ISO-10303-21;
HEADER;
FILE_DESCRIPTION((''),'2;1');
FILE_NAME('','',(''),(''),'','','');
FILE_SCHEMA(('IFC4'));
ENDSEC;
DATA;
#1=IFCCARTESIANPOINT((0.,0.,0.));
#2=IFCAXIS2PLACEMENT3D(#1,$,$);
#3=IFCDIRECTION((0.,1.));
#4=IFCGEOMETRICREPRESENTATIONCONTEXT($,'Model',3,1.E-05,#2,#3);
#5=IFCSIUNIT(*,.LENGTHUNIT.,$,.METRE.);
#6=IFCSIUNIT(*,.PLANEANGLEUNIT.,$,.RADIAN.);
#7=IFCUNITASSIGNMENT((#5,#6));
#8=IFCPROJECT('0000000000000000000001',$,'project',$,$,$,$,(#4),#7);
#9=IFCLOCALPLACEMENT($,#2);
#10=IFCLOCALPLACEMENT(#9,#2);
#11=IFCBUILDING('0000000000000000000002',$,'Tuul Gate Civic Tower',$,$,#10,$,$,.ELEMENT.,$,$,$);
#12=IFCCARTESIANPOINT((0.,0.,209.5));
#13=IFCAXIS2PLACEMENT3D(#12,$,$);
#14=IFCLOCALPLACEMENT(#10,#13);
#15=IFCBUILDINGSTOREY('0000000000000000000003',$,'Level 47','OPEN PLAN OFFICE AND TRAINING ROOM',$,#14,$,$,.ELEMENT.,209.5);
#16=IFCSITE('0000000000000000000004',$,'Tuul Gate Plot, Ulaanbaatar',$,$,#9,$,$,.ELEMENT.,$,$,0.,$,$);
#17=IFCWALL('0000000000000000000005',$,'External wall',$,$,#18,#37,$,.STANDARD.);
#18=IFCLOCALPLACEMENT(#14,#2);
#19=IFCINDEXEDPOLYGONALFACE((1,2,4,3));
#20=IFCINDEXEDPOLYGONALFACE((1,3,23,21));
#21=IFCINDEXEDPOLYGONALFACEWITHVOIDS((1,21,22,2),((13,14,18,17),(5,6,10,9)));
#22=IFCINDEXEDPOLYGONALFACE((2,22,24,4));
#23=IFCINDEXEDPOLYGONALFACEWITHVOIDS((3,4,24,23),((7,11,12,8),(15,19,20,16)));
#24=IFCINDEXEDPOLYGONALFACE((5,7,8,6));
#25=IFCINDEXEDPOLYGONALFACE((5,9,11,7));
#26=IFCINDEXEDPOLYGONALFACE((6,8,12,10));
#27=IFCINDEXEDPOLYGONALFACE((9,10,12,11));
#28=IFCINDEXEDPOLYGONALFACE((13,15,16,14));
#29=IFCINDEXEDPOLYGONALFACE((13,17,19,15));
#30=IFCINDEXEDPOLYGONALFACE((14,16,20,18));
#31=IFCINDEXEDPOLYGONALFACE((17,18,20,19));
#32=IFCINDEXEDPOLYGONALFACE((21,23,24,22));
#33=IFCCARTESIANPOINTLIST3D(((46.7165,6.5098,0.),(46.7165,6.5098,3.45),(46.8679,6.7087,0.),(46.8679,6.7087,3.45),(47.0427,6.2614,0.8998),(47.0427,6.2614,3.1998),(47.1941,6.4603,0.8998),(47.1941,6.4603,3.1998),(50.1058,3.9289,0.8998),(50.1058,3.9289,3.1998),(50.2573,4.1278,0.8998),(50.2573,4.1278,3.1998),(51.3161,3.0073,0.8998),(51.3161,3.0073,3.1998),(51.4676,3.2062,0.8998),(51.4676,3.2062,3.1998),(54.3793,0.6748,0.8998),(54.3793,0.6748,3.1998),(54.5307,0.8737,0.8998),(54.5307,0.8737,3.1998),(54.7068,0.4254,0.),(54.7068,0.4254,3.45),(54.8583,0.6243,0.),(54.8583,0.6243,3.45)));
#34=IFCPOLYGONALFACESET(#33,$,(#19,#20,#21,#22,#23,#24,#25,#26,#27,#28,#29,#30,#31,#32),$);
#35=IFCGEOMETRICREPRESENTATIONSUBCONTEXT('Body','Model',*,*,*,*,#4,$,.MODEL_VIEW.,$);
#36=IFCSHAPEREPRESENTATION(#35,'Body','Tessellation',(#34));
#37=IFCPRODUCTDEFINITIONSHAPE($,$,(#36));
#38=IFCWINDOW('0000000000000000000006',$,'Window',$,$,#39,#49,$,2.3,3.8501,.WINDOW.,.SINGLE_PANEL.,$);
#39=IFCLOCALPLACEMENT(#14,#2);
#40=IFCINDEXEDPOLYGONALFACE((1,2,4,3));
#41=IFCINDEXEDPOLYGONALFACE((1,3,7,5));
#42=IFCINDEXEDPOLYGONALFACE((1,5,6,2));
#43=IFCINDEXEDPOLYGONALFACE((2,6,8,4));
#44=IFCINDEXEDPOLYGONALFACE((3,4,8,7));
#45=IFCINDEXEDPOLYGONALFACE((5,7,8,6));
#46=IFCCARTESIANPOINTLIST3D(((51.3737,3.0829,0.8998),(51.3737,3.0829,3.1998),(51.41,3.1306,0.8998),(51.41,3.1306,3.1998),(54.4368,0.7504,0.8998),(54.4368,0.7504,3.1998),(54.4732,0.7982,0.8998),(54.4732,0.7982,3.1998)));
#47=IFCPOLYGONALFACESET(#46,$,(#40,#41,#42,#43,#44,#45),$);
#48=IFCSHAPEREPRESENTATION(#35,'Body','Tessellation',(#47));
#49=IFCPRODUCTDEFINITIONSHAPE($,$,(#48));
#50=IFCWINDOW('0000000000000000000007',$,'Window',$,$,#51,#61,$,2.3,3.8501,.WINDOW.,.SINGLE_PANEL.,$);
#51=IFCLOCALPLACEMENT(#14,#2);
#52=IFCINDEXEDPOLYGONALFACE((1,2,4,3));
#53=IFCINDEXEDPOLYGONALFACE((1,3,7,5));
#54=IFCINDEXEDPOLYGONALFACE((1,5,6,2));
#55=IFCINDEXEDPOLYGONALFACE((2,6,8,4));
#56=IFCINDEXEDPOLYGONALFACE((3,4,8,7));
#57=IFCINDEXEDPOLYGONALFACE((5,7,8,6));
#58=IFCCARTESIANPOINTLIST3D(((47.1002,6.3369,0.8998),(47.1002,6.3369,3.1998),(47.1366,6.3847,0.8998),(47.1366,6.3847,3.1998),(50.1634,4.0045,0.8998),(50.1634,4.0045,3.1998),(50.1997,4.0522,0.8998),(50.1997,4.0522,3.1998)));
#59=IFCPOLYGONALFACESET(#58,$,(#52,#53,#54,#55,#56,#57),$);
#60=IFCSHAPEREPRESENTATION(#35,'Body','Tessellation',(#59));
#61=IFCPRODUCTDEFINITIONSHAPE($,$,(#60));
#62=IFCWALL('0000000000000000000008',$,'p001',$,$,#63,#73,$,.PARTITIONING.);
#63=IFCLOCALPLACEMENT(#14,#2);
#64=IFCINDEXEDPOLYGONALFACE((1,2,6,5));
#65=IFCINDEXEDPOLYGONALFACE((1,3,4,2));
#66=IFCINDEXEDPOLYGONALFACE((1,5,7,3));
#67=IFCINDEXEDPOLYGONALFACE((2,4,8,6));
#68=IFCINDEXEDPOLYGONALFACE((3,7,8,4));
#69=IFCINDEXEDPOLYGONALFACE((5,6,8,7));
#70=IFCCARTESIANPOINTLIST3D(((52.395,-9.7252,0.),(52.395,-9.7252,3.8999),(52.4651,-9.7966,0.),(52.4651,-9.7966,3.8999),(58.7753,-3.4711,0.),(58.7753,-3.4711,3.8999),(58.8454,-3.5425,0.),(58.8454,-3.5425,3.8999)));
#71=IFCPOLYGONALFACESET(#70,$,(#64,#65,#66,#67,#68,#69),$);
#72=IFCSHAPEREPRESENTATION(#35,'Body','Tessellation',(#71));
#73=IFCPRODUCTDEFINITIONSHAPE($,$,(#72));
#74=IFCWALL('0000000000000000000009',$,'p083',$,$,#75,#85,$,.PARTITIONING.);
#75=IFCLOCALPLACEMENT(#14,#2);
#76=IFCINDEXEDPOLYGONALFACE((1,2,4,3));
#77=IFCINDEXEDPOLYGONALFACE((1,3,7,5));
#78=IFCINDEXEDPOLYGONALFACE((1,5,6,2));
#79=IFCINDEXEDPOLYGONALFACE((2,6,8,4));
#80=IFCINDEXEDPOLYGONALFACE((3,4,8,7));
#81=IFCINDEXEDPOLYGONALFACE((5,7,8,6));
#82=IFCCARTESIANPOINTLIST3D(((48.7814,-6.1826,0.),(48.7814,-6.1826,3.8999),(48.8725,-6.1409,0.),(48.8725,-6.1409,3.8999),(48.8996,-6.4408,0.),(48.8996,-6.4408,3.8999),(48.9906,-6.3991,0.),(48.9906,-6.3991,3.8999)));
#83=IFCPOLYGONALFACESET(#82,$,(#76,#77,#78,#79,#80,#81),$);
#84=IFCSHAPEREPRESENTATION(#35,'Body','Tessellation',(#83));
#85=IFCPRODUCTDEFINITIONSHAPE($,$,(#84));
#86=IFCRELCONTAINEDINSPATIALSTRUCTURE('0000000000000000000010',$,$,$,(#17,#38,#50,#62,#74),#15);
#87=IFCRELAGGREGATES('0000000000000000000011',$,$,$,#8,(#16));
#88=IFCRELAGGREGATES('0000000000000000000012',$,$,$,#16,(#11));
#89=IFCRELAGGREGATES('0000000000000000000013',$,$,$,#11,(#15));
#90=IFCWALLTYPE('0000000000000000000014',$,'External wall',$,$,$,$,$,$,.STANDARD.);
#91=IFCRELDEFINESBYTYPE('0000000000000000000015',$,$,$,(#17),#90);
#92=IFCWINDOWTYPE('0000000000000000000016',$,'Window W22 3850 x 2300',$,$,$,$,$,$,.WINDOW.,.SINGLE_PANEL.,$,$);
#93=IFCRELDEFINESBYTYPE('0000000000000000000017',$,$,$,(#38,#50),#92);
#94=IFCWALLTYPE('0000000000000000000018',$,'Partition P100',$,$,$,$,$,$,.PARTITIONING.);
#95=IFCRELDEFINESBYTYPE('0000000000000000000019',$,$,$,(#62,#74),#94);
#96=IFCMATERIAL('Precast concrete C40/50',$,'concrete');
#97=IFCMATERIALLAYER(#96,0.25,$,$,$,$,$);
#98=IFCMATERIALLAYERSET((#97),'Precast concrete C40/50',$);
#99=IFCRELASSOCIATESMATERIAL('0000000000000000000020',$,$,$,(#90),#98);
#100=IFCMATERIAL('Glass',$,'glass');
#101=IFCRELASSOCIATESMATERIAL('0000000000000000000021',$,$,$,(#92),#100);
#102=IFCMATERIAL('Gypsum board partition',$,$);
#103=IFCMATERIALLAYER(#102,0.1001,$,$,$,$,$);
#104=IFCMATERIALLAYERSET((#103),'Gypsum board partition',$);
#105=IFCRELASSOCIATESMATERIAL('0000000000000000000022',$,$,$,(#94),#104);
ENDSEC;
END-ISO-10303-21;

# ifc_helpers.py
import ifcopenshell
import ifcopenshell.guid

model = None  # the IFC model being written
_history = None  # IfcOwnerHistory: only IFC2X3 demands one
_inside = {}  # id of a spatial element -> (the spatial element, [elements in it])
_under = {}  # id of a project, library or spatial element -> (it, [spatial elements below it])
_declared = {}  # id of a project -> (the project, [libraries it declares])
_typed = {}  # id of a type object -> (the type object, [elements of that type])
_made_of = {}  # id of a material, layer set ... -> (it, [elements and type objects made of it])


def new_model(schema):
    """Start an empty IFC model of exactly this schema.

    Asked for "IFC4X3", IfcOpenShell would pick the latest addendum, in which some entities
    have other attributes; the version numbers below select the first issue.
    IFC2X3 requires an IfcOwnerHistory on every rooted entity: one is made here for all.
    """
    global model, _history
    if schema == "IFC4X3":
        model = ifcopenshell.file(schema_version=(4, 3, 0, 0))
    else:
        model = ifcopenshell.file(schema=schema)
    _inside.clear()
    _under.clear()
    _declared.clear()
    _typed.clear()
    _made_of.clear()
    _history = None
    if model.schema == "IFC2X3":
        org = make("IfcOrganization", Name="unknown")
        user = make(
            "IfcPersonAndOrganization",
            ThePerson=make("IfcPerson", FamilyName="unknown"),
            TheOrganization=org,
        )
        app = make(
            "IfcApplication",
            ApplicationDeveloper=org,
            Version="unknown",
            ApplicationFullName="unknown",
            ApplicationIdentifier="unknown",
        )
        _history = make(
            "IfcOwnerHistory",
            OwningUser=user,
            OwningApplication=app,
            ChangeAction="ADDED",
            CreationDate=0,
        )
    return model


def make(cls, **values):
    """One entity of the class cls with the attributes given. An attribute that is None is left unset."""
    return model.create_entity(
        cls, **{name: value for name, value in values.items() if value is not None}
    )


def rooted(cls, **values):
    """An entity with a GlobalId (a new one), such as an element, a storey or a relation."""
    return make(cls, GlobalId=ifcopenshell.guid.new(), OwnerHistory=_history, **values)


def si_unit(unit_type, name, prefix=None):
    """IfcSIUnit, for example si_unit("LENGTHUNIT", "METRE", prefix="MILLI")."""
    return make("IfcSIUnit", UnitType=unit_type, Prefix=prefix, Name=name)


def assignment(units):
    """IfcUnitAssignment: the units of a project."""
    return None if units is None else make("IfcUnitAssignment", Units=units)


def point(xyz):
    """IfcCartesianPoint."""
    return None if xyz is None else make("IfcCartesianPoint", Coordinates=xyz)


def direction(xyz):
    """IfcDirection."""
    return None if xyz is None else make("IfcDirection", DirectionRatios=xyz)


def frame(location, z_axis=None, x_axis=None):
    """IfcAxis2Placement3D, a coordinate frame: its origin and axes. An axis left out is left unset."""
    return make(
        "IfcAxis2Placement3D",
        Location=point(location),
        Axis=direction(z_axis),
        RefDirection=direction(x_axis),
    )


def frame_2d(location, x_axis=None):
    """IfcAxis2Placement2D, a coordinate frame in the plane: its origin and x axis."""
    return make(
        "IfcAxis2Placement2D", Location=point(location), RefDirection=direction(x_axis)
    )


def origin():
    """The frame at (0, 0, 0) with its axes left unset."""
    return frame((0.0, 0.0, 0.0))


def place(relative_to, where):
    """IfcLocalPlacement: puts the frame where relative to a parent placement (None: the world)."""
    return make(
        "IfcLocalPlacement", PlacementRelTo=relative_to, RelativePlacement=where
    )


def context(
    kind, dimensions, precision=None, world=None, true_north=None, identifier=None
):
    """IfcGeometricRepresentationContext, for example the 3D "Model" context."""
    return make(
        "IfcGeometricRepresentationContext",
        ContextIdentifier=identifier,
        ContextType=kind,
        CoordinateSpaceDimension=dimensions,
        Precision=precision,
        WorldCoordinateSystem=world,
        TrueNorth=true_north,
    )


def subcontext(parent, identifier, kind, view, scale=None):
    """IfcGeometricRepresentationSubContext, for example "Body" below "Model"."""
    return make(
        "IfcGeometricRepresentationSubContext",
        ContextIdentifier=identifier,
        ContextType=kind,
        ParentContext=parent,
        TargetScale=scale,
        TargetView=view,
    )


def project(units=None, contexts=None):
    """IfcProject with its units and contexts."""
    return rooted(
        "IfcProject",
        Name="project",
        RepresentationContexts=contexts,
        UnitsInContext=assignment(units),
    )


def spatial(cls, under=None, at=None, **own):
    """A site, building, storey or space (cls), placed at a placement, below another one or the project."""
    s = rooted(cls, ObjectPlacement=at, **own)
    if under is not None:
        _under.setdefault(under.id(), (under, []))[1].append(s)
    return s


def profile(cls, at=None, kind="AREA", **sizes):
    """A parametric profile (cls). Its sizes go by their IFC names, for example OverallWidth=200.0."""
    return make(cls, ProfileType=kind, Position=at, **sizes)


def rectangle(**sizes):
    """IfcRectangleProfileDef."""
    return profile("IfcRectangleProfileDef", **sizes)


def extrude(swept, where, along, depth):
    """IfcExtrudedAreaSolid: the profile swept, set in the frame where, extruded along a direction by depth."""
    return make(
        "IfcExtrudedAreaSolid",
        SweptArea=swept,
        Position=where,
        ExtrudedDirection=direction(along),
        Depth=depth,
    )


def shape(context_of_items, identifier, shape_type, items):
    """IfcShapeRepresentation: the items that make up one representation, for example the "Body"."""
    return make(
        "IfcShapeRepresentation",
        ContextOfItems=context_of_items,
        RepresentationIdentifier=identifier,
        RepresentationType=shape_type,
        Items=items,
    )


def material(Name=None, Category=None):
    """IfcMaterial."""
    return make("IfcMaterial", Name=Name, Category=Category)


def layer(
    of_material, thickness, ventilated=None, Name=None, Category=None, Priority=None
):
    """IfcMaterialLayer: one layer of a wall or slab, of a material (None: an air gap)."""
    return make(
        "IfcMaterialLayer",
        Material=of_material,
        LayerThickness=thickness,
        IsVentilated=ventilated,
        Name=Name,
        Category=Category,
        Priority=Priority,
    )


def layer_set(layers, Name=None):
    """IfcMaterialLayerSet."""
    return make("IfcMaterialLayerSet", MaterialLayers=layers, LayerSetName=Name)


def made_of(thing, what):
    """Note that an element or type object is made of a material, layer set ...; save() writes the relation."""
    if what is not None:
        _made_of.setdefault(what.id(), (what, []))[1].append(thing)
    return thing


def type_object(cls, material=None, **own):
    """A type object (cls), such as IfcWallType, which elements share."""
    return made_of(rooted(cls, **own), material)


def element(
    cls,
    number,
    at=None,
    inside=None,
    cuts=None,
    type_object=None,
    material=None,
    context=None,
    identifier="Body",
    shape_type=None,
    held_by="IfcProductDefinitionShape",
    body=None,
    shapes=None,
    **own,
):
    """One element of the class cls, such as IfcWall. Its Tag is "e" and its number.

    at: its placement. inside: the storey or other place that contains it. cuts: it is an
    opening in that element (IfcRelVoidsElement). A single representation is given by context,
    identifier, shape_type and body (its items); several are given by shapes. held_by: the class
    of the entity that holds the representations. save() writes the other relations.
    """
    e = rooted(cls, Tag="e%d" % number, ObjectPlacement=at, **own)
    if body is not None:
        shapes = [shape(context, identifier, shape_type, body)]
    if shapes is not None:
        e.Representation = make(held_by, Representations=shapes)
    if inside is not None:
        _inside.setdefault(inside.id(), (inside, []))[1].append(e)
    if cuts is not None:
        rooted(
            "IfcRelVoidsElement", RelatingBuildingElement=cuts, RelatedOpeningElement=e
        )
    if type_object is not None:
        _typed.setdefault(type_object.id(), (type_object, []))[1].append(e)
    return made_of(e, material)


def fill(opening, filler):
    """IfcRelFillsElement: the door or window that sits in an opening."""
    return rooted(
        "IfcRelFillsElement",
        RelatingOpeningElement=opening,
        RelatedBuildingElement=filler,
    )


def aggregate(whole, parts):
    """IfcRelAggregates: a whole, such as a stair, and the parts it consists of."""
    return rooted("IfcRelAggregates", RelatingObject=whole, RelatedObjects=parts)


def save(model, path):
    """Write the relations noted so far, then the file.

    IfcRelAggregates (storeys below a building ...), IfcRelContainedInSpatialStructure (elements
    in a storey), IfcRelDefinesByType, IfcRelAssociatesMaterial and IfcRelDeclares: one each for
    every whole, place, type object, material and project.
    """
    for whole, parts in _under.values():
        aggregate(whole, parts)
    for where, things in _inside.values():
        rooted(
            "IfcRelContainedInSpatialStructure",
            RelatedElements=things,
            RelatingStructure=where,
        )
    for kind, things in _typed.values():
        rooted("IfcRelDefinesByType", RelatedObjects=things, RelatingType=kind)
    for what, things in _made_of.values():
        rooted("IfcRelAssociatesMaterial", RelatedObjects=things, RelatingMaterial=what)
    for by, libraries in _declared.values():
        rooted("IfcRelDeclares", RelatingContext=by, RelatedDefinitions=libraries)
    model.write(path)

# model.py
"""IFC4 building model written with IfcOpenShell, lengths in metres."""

from ifc_helpers import new_model, si_unit, direction, frame, frame_2d, origin, place, context, subcontext, project, spatial, rectangle, extrude, material, layer, layer_set, type_object, element, fill, save


model = new_model("IFC4")

# Units and contexts
model_context = context("Model", 3, precision=1e-05, world=origin(), true_north=direction((0.0, 1.0)))
body_context = subcontext(model_context, "Body", "Model", "MODEL_VIEW")
ifc_project = project(units=[si_unit("LENGTHUNIT", "METRE"), si_unit("PLANEANGLEUNIT", "RADIAN")], contexts=[model_context])

# Site, building, storey
site_placement = place(None, origin())
site = spatial("IfcSite", under=ifc_project, at=site_placement, Name="Tuul Gate Plot, Ulaanbaatar", CompositionType="ELEMENT", RefElevation=0.0)
building_placement = place(site_placement, origin())
building = spatial("IfcBuilding", under=site, at=building_placement, Name="Tuul Gate Civic Tower", CompositionType="ELEMENT")
storey_placement = place(building_placement, frame((0.0, 0.0, 209.5)))
storey = spatial("IfcBuildingStorey", under=building, at=storey_placement, Name="Level 47", Description="OPEN PLAN OFFICE AND TRAINING ROOM", CompositionType="ELEMENT", Elevation=209.5)

# Wall, openings, windows
ifc_material_1 = material(Name="Precast concrete C40/50", Category="concrete")
ifc_layer_1 = layer(ifc_material_1, 0.25)
ifc_layer_set_1 = layer_set([ifc_layer_1], Name="Precast concrete C40/50")
wall_type_1 = type_object("IfcWallType", Name="External wall", PredefinedType="STANDARD", material=ifc_layer_set_1)
ifc_material_2 = material(Name="Glass", Category="glass")
window_type = type_object("IfcWindowType", Name="Window W22 3850 x 2300", PartitioningType="SINGLE_PANEL", PredefinedType="WINDOW", material=ifc_material_2)
wall_1_placement = place(storey_placement, frame((54.7825, 0.5249, 0.0), z_axis=(0.0, 0.0, 1.0), x_axis=(-0.7956, 0.605822, 0.0)))
wall_1 = element("IfcWall", 1, at=wall_1_placement, inside=storey, type_object=wall_type_1, Name="External wall", PredefinedType="STANDARD", context=body_context, shape_type="SweptSolid", body=[
    extrude(rectangle(XDim=10.0432, YDim=0.25, at=frame_2d((5.0215, 0.0))), origin(), (0.0, 0.0, 1.0), 3.45),
])
opening_1_placement = place(wall_1_placement, frame((0.4116, 0.0, 0.8999)))
opening_1 = element("IfcOpeningElement", 2, at=opening_1_placement, cuts=wall_1, PredefinedType="OPENING", context=body_context, shape_type="SweptSolid", body=[
    extrude(rectangle(XDim=3.8501, YDim=2.3, at=frame_2d((1.925, 1.1499))), frame((0.0, 0.135, 0.0), z_axis=(0.0, -1.0, 0.0), x_axis=(1.0, 0.0, 0.0)), (0.0, 0.0, 1.0), 0.27),
])
opening_2_placement = place(wall_1_placement, frame((5.783, 0.0, 0.8999)))
opening_2 = element("IfcOpeningElement", 3, at=opening_2_placement, cuts=wall_1, PredefinedType="OPENING", context=body_context, shape_type="SweptSolid", body=[
    extrude(rectangle(XDim=3.8501, YDim=2.3, at=frame_2d((1.925, 1.1499))), frame((0.0, 0.135, 0.0), z_axis=(0.0, -1.0, 0.0), x_axis=(1.0, 0.0, 0.0)), (0.0, 0.0, 1.0), 0.27),
])
window_1_placement = place(opening_1_placement, origin())
window_1 = element("IfcWindow", 4, at=window_1_placement, inside=storey, type_object=window_type, Name="Window", OverallHeight=2.3, OverallWidth=3.8501, PartitioningType="SINGLE_PANEL", PredefinedType="WINDOW", context=body_context, shape_type="SweptSolid", body=[
    extrude(rectangle(XDim=3.8501, YDim=2.3, at=frame_2d((1.925, 1.1499))), frame((0.0, 0.03, 0.0), z_axis=(0.0, -1.0, 0.0), x_axis=(1.0, 0.0, 0.0)), (0.0, 0.0, 1.0), 0.0601),
])
fill(opening_1, window_1)
window_2_placement = place(opening_2_placement, origin())
window_2 = element("IfcWindow", 5, at=window_2_placement, inside=storey, type_object=window_type, Name="Window", OverallHeight=2.3, OverallWidth=3.8501, PartitioningType="SINGLE_PANEL", PredefinedType="WINDOW", context=body_context, shape_type="SweptSolid", body=[
    extrude(rectangle(XDim=3.8501, YDim=2.3, at=frame_2d((1.925, 1.1499))), frame((0.0, 0.03, 0.0), z_axis=(0.0, -1.0, 0.0), x_axis=(1.0, 0.0, 0.0)), (0.0, 0.0, 1.0), 0.0601),
])
fill(opening_2, window_2)

# Walls
ifc_material_3 = material(Name="Gypsum board partition")
ifc_layer_2 = layer(ifc_material_3, 0.1001)
ifc_layer_set_2 = layer_set([ifc_layer_2], Name="Gypsum board partition")
wall_type_2 = type_object("IfcWallType", Name="Partition P100", PredefinedType="PARTITIONING", material=ifc_layer_set_2)
wall_2_placement = place(storey_placement, frame((52.4299, -9.761, 0.0), z_axis=(0.0, 0.0, 1.0), x_axis=(0.714135, 0.700008, 0.0)))
element("IfcWall", 6, at=wall_2_placement, inside=storey, type_object=wall_type_2, Name="p001", PredefinedType="PARTITIONING", context=body_context, shape_type="SweptSolid", body=[
    extrude(rectangle(XDim=8.9343, YDim=0.1001, at=frame_2d((4.4673, 0.0))), origin(), (0.0, 0.0, 1.0), 3.8999),
])
wall_3_placement = place(storey_placement, frame((48.8269, -6.1616, 0.0), z_axis=(0.0, 0.0, 1.0), x_axis=(0.416003, -0.909363, 0.0)))
element("IfcWall", 7, at=wall_3_placement, inside=storey, type_object=wall_type_2, Name="p083", PredefinedType="PARTITIONING", context=body_context, shape_type="SweptSolid", body=[
    extrude(rectangle(XDim=0.2839, YDim=0.1001, at=frame_2d((0.1421, 0.0))), origin(), (0.0, 0.0, 1.0), 3.8999),
])

save(model, "model.ifc")
